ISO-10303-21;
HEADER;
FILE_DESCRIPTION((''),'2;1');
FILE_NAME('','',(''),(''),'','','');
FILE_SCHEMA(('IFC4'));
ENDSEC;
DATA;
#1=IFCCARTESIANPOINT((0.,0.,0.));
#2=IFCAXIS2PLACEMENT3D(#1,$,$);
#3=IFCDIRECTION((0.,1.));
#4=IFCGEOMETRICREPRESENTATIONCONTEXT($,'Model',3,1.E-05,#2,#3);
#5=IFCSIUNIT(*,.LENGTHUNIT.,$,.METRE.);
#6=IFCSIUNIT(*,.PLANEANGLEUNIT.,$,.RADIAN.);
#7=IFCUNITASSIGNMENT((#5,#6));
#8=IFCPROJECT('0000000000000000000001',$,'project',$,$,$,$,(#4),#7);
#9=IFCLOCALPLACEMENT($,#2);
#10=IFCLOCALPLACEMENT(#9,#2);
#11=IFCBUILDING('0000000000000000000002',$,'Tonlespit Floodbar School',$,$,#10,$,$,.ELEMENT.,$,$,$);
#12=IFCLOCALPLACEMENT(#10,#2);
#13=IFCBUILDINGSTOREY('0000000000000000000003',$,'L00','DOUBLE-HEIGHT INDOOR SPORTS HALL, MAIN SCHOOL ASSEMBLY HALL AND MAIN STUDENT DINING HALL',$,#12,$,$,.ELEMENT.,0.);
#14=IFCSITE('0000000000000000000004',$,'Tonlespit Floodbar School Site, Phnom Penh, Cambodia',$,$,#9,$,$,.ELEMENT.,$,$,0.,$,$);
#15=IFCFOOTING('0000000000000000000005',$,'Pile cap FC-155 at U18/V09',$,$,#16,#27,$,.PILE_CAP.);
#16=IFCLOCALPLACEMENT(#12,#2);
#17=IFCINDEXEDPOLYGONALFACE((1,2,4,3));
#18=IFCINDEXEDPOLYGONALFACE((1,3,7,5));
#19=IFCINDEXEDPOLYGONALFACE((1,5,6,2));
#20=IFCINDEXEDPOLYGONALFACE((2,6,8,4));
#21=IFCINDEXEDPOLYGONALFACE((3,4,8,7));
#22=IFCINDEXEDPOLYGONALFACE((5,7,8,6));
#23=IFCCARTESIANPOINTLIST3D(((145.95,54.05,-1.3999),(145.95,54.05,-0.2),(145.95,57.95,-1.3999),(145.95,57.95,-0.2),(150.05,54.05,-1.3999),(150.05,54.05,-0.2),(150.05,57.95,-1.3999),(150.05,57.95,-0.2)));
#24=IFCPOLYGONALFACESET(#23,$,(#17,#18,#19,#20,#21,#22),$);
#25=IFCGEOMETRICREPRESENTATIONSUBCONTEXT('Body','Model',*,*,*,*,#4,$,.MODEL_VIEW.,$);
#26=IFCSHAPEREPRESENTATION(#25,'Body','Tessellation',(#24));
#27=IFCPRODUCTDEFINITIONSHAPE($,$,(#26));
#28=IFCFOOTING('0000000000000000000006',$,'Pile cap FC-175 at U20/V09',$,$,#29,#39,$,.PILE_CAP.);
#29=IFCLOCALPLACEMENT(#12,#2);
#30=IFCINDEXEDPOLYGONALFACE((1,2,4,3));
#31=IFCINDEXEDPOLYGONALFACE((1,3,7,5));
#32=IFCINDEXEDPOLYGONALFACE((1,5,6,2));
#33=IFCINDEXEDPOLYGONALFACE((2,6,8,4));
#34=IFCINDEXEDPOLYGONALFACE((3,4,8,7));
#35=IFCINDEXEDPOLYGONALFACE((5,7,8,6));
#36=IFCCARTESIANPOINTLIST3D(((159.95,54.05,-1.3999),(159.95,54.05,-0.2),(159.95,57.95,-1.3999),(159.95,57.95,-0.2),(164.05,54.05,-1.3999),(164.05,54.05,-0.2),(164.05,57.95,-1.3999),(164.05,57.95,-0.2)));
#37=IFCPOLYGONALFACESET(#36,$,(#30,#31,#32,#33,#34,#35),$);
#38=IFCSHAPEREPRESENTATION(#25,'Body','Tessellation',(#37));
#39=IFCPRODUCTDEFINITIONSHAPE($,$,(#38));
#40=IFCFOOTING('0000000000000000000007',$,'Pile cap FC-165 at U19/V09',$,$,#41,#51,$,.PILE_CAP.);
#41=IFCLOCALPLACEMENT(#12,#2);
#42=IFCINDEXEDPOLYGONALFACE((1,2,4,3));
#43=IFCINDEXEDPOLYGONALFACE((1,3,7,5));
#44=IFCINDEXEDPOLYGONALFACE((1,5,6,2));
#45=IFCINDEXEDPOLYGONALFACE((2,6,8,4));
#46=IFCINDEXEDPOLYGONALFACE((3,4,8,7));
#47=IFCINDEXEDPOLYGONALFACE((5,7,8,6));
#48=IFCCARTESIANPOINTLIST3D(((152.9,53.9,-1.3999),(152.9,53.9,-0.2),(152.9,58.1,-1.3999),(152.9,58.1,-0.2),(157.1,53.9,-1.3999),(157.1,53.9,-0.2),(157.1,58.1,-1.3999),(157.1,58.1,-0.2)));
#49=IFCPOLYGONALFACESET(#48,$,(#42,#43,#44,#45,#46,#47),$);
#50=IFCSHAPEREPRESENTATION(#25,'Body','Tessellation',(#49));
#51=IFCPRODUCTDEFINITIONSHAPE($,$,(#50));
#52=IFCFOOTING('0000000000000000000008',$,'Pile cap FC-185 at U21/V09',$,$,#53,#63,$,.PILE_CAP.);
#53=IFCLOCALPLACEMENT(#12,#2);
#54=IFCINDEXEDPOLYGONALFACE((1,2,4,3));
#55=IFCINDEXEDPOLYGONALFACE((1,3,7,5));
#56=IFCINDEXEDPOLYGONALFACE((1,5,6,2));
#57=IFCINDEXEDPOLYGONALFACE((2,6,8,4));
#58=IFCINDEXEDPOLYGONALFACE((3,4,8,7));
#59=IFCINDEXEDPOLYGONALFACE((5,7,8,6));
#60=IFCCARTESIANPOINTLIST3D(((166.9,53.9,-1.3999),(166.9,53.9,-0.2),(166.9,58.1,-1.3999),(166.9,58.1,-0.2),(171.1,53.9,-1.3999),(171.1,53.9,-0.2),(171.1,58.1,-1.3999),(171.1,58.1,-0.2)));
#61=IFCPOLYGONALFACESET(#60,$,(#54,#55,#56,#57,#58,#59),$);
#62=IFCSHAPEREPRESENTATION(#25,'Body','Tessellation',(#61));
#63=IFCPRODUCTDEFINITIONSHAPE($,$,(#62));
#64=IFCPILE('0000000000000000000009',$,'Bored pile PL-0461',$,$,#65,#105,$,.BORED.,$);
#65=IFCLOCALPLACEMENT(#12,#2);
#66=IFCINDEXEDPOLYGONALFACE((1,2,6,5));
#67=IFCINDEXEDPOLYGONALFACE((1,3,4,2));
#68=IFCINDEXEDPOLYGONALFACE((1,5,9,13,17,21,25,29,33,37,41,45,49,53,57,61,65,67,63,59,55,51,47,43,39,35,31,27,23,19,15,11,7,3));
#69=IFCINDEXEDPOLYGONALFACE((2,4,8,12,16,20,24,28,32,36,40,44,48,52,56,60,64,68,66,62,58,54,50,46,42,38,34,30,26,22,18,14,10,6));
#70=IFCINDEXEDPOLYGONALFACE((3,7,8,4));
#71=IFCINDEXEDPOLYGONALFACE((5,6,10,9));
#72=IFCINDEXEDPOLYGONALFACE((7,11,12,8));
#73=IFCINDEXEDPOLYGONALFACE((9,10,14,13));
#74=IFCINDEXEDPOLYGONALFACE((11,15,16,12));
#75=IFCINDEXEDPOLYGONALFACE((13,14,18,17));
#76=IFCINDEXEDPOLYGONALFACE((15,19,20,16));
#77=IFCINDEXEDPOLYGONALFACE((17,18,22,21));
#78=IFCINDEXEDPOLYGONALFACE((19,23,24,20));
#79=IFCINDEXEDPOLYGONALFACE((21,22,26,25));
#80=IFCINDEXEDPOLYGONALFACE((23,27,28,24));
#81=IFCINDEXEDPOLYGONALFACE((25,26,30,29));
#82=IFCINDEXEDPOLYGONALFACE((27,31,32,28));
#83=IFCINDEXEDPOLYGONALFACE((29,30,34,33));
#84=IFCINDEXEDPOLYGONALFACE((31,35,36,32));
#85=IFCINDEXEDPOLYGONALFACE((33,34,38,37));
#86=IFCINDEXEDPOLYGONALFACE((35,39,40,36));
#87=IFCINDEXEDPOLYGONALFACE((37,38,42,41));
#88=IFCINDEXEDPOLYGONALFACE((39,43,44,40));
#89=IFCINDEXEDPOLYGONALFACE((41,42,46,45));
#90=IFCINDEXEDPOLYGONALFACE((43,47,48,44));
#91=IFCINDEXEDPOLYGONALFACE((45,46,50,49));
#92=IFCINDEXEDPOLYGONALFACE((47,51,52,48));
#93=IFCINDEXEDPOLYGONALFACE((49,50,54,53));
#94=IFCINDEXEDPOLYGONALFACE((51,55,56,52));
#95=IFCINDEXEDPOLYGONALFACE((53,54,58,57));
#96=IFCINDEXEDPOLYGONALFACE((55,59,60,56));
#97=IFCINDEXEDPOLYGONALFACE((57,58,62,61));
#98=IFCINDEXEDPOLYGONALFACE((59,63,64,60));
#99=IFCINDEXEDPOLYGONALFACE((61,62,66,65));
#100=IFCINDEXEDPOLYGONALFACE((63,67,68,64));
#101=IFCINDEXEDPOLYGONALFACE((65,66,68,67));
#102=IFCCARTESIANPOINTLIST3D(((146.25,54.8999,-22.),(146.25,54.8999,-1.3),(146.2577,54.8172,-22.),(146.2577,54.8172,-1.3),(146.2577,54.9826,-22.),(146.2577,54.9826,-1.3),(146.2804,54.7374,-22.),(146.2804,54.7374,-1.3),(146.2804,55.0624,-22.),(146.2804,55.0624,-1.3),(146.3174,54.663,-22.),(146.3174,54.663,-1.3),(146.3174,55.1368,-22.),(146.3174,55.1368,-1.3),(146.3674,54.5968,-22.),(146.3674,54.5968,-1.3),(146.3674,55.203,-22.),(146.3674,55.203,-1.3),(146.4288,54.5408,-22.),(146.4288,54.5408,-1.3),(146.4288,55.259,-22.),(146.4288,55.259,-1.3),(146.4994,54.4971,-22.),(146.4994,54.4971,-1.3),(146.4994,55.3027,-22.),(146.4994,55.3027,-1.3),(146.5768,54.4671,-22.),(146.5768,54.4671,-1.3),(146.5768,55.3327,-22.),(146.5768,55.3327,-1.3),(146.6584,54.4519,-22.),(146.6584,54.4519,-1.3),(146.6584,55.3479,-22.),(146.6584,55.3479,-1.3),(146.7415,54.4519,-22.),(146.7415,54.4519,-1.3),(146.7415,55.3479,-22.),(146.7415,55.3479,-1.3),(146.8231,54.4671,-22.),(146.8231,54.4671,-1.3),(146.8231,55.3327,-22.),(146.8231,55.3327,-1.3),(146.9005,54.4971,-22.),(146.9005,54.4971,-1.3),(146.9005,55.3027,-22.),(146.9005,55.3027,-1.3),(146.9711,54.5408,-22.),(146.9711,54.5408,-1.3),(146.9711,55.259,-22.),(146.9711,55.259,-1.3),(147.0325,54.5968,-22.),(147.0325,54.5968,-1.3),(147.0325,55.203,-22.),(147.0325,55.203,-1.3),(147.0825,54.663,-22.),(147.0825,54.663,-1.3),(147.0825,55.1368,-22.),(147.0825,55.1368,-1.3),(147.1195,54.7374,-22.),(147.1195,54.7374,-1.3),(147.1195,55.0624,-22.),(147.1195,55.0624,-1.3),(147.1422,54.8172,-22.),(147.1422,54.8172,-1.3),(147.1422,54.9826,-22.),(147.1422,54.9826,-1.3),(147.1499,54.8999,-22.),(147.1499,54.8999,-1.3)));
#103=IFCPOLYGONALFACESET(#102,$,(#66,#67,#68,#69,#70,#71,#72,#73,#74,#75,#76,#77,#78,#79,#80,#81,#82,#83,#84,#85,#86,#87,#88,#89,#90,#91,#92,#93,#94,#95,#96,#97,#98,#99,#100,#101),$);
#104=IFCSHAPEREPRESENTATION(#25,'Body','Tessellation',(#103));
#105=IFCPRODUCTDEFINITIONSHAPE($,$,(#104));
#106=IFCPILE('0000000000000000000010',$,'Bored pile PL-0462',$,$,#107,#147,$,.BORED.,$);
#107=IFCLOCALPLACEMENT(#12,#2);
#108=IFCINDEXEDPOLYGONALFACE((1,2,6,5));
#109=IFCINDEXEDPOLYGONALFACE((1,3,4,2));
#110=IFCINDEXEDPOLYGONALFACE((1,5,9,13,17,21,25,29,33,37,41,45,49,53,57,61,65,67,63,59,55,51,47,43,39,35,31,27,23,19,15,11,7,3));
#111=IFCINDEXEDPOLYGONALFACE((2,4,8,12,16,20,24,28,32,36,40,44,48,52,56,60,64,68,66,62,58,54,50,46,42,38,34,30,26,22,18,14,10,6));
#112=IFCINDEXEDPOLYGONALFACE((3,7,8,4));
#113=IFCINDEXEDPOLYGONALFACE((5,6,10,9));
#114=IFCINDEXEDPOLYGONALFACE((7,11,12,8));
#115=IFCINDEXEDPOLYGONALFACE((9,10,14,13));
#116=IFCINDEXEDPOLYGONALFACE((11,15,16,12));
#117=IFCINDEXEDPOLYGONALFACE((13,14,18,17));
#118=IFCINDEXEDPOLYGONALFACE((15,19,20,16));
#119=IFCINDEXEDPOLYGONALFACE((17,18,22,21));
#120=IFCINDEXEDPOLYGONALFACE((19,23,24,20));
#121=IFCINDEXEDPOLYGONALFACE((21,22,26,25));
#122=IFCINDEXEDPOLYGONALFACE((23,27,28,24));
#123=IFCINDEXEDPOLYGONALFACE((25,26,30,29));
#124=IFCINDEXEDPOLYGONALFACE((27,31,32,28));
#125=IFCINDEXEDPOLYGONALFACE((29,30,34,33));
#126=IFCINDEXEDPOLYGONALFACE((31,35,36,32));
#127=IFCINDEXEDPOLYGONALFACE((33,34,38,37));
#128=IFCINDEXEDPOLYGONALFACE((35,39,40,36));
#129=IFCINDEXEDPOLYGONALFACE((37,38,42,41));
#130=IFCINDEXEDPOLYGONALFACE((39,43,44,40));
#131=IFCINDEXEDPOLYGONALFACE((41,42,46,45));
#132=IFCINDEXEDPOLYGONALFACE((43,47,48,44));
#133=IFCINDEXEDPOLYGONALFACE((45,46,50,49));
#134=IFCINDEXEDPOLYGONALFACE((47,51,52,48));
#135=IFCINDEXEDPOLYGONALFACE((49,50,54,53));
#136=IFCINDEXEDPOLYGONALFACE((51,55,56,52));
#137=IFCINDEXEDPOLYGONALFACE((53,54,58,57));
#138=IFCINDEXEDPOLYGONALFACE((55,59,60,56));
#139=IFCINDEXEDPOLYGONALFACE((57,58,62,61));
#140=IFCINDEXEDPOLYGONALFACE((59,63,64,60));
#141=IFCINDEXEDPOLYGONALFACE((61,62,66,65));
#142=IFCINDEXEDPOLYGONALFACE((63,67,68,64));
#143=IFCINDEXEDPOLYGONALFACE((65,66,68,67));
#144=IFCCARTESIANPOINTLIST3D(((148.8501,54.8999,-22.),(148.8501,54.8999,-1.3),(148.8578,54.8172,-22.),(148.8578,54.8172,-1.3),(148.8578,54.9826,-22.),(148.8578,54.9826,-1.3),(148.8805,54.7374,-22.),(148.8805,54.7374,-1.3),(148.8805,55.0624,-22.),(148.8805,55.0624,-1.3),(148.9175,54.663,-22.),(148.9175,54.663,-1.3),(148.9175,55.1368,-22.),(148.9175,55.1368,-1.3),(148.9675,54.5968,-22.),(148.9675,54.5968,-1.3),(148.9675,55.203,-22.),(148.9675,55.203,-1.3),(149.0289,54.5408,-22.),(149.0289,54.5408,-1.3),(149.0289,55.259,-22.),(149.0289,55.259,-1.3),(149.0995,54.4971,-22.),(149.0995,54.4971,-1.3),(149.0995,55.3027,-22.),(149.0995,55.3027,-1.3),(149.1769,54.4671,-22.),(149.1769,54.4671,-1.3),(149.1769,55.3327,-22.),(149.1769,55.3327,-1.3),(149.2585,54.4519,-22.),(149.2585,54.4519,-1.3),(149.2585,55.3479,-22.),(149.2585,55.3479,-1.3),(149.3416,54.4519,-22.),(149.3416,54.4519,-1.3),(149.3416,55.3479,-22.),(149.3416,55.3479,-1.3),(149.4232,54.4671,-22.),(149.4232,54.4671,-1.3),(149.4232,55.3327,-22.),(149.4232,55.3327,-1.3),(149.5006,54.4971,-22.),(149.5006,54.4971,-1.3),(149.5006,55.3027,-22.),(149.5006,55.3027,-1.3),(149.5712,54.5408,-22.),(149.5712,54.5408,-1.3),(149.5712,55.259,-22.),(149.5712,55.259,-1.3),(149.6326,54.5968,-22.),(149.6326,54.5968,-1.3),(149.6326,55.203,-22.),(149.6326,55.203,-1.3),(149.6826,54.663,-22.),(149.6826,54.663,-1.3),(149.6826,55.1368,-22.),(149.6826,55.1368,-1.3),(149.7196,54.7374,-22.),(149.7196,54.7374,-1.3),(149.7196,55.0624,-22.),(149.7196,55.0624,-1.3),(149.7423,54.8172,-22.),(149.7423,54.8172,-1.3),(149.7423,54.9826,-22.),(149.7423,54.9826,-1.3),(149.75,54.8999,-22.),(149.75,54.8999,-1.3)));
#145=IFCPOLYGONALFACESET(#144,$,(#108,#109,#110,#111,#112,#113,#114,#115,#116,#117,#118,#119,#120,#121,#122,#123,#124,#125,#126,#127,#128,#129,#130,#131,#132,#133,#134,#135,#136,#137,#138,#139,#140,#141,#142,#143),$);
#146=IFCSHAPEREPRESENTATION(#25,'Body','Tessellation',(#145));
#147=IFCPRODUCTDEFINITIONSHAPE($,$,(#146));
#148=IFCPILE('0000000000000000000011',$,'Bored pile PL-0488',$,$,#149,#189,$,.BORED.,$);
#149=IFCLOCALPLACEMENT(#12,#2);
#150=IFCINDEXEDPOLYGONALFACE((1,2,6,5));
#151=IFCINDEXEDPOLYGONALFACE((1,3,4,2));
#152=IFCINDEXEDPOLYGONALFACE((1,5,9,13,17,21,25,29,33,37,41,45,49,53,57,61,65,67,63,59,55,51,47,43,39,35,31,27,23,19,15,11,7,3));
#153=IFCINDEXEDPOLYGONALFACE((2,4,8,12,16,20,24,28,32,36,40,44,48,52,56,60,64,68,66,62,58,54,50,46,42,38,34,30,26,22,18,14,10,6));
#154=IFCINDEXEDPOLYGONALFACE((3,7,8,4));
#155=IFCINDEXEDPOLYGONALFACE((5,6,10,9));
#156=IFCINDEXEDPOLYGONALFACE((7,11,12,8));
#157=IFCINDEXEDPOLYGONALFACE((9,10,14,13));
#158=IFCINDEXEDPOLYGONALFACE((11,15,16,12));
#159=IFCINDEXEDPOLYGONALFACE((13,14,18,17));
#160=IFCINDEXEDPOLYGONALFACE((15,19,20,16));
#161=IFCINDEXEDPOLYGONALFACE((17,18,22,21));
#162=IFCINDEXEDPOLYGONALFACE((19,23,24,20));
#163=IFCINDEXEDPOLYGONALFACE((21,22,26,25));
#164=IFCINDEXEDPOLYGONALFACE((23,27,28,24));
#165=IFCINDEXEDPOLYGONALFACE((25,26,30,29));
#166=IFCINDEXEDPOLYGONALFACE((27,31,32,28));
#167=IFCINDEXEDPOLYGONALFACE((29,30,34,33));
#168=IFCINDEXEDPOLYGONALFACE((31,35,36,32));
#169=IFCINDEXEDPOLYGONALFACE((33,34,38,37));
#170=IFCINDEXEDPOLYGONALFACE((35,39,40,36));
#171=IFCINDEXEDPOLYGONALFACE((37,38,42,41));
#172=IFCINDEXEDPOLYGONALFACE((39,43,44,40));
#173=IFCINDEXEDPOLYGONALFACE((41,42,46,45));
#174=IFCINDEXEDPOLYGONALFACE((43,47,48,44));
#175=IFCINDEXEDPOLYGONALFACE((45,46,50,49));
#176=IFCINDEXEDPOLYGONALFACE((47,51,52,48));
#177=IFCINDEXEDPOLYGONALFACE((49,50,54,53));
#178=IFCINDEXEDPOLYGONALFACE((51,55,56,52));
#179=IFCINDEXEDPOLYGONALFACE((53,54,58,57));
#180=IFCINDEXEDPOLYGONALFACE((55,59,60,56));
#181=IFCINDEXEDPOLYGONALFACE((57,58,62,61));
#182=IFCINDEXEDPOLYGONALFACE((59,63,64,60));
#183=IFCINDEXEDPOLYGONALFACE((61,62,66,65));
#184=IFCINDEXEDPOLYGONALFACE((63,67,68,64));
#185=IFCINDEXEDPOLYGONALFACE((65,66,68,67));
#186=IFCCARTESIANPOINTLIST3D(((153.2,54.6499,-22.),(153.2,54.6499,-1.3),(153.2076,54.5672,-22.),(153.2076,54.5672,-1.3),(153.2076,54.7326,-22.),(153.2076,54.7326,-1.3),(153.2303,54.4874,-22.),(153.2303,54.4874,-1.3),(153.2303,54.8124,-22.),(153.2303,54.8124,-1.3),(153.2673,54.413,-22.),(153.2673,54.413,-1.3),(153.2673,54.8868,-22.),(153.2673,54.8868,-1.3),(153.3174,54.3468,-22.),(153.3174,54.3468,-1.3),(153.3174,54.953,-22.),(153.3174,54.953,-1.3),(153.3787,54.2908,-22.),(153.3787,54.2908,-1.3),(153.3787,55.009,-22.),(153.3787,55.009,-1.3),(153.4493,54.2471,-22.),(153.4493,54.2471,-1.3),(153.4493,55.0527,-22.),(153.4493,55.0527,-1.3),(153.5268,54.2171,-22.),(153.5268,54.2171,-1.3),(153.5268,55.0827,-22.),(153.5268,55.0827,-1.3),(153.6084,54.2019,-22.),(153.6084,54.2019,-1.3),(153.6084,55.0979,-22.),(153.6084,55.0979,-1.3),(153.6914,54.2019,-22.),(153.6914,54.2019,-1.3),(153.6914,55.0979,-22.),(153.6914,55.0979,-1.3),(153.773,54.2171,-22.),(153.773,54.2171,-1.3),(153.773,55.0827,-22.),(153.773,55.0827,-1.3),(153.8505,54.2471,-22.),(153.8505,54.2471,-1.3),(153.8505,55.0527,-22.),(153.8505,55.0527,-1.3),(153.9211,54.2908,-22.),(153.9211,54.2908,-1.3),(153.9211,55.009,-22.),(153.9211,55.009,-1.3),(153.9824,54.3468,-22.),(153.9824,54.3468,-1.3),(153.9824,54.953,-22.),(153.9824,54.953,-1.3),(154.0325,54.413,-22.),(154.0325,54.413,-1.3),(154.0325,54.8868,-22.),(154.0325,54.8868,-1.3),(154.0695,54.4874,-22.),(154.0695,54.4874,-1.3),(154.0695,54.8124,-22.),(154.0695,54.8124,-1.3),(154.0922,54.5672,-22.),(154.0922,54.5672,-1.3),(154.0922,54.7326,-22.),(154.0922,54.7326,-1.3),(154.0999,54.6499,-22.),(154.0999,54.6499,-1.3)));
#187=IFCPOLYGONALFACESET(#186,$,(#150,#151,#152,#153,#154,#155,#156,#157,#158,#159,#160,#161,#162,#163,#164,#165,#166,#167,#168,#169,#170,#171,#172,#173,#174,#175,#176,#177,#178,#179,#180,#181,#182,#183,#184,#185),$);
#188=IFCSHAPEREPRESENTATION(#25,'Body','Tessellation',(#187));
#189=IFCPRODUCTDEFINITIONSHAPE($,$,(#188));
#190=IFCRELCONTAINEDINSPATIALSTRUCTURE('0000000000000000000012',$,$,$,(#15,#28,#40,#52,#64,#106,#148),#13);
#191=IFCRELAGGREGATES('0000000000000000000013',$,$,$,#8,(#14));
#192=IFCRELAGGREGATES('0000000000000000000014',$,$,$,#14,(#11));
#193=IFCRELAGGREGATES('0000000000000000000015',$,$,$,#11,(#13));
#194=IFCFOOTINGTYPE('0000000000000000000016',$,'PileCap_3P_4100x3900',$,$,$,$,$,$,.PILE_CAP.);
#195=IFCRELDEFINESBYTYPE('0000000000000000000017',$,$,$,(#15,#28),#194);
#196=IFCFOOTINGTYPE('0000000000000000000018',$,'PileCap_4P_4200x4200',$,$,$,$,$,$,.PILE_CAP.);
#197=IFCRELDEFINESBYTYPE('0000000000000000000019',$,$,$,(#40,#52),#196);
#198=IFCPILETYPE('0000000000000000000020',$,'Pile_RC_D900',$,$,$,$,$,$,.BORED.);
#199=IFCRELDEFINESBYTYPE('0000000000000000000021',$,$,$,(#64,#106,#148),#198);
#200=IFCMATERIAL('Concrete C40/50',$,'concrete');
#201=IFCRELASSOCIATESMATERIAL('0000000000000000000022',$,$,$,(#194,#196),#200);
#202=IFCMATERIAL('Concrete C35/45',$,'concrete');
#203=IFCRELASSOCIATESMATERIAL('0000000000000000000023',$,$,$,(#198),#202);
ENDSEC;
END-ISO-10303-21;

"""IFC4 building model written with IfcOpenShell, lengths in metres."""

from ifc_helpers import new_model, si_unit, direction, frame, origin, origin_2d, place, context, subcontext, project, spatial, rectangle, circle, extrude, material, material_profile, profile_set, type_object, element, save


model = new_model("IFC4")

# Units and contexts
model_context = context("Model", 3, precision=1e-05, world=origin(), true_north=direction((0.0, 1.0)))
body_context = subcontext(model_context, "Body", "Model", "MODEL_VIEW")
ifc_project = project(units=[si_unit("LENGTHUNIT", "METRE"), si_unit("PLANEANGLEUNIT", "RADIAN")], contexts=[model_context])

# Site, building, storey
site_placement = place(None, origin())
site = spatial("IfcSite", under=ifc_project, at=site_placement, Name="Tonlespit Floodbar School Site, Phnom Penh, Cambodia", CompositionType="ELEMENT", RefElevation=0.0)
building_placement = place(site_placement, origin())
building = spatial("IfcBuilding", under=site, at=building_placement, Name="Tonlespit Floodbar School", CompositionType="ELEMENT")
storey_placement = place(building_placement, origin())
storey = spatial("IfcBuildingStorey", under=building, at=storey_placement, Name="L00", Description="DOUBLE-HEIGHT INDOOR SPORTS HALL, MAIN SCHOOL ASSEMBLY HALL AND MAIN STUDENT DINING HALL", CompositionType="ELEMENT", Elevation=0.0)

# Footings
ifc_material_1 = material(Name="Concrete C40/50", Category="concrete")
footing_type_1 = type_object("IfcFootingType", Name="PileCap_3P_4100x3900", PredefinedType="PILE_CAP", material=ifc_material_1)
for number, where, z_axis, x_axis, name in (
    (1, (148.0, 56.0, -1.3999), (0.0, 0.0, 1.0), (1.0, 0.0, 0.0), "Pile cap FC-155 at U18/V09"),
    (2, (162.0, 56.0, -1.3999), (0.0, 0.0, 1.0), (1.0, 0.0, 0.0), "Pile cap FC-175 at U20/V09"),
):
    element("IfcFooting", number, at=place(storey_placement, frame(where, z_axis=z_axis, x_axis=x_axis)), inside=storey, type_object=footing_type_1, Name=name, PredefinedType="PILE_CAP", context=body_context, shape_type="SweptSolid", body=[
        extrude(rectangle(XDim=4.1001, YDim=3.8999, at=origin_2d()), origin(), (0.0, 0.0, 1.0), 1.2),
    ])
footing_type_2 = type_object("IfcFootingType", Name="PileCap_4P_4200x4200", PredefinedType="PILE_CAP", material=ifc_material_1)
for number, where, z_axis, x_axis, name in (
    (3, (155.0, 56.0, -1.3999), (0.0, 0.0, 1.0), (1.0, 0.0, 0.0), "Pile cap FC-165 at U19/V09"),
    (4, (169.0, 56.0, -1.3999), (0.0, 0.0, 1.0), (1.0, 0.0, 0.0), "Pile cap FC-185 at U21/V09"),
):
    element("IfcFooting", number, at=place(storey_placement, frame(where, z_axis=z_axis, x_axis=x_axis)), inside=storey, type_object=footing_type_2, Name=name, PredefinedType="PILE_CAP", context=body_context, shape_type="SweptSolid", body=[
        extrude(rectangle(XDim=4.2, YDim=4.2, at=origin_2d()), origin(), (0.0, 0.0, 1.0), 1.2),
    ])

# Piles
ifc_material_2 = material(Name="Concrete C35/45", Category="concrete")
ifc_material_profile_1 = material_profile(ifc_material_2, circle(Radius=0.45, at=origin_2d()), Name="BP D900")
ifc_profile_set_1 = profile_set([ifc_material_profile_1], Name="Concrete C35/45")
pile_type = type_object("IfcPileType", Name="Pile_RC_D900", PredefinedType="BORED", material=ifc_profile_set_1)
for number, where, z_axis, x_axis, name in (
    (5, (146.7, 54.8999, -1.3), (0.0, 0.0, -1.0), (1.0, 0.0, 0.0), "Bored pile PL-0461"),
    (6, (149.3, 54.8999, -1.3), (0.0, 0.0, -1.0), (1.0, 0.0, 0.0), "Bored pile PL-0462"),
    (7, (153.6499, 54.6499, -1.3), (0.0, 0.0, -1.0), (1.0, 0.0, 0.0), "Bored pile PL-0488"),
):
    element("IfcPile", number, at=place(storey_placement, frame(where, z_axis=z_axis, x_axis=x_axis)), inside=storey, type_object=pile_type, Name=name, PredefinedType="BORED", context=body_context, shape_type="SweptSolid", body=[
        extrude(circle(Radius=0.45, at=origin_2d()), origin(), (0.0, 0.0, 1.0), 20.7),
    ])

save(model, "model.ifc")
